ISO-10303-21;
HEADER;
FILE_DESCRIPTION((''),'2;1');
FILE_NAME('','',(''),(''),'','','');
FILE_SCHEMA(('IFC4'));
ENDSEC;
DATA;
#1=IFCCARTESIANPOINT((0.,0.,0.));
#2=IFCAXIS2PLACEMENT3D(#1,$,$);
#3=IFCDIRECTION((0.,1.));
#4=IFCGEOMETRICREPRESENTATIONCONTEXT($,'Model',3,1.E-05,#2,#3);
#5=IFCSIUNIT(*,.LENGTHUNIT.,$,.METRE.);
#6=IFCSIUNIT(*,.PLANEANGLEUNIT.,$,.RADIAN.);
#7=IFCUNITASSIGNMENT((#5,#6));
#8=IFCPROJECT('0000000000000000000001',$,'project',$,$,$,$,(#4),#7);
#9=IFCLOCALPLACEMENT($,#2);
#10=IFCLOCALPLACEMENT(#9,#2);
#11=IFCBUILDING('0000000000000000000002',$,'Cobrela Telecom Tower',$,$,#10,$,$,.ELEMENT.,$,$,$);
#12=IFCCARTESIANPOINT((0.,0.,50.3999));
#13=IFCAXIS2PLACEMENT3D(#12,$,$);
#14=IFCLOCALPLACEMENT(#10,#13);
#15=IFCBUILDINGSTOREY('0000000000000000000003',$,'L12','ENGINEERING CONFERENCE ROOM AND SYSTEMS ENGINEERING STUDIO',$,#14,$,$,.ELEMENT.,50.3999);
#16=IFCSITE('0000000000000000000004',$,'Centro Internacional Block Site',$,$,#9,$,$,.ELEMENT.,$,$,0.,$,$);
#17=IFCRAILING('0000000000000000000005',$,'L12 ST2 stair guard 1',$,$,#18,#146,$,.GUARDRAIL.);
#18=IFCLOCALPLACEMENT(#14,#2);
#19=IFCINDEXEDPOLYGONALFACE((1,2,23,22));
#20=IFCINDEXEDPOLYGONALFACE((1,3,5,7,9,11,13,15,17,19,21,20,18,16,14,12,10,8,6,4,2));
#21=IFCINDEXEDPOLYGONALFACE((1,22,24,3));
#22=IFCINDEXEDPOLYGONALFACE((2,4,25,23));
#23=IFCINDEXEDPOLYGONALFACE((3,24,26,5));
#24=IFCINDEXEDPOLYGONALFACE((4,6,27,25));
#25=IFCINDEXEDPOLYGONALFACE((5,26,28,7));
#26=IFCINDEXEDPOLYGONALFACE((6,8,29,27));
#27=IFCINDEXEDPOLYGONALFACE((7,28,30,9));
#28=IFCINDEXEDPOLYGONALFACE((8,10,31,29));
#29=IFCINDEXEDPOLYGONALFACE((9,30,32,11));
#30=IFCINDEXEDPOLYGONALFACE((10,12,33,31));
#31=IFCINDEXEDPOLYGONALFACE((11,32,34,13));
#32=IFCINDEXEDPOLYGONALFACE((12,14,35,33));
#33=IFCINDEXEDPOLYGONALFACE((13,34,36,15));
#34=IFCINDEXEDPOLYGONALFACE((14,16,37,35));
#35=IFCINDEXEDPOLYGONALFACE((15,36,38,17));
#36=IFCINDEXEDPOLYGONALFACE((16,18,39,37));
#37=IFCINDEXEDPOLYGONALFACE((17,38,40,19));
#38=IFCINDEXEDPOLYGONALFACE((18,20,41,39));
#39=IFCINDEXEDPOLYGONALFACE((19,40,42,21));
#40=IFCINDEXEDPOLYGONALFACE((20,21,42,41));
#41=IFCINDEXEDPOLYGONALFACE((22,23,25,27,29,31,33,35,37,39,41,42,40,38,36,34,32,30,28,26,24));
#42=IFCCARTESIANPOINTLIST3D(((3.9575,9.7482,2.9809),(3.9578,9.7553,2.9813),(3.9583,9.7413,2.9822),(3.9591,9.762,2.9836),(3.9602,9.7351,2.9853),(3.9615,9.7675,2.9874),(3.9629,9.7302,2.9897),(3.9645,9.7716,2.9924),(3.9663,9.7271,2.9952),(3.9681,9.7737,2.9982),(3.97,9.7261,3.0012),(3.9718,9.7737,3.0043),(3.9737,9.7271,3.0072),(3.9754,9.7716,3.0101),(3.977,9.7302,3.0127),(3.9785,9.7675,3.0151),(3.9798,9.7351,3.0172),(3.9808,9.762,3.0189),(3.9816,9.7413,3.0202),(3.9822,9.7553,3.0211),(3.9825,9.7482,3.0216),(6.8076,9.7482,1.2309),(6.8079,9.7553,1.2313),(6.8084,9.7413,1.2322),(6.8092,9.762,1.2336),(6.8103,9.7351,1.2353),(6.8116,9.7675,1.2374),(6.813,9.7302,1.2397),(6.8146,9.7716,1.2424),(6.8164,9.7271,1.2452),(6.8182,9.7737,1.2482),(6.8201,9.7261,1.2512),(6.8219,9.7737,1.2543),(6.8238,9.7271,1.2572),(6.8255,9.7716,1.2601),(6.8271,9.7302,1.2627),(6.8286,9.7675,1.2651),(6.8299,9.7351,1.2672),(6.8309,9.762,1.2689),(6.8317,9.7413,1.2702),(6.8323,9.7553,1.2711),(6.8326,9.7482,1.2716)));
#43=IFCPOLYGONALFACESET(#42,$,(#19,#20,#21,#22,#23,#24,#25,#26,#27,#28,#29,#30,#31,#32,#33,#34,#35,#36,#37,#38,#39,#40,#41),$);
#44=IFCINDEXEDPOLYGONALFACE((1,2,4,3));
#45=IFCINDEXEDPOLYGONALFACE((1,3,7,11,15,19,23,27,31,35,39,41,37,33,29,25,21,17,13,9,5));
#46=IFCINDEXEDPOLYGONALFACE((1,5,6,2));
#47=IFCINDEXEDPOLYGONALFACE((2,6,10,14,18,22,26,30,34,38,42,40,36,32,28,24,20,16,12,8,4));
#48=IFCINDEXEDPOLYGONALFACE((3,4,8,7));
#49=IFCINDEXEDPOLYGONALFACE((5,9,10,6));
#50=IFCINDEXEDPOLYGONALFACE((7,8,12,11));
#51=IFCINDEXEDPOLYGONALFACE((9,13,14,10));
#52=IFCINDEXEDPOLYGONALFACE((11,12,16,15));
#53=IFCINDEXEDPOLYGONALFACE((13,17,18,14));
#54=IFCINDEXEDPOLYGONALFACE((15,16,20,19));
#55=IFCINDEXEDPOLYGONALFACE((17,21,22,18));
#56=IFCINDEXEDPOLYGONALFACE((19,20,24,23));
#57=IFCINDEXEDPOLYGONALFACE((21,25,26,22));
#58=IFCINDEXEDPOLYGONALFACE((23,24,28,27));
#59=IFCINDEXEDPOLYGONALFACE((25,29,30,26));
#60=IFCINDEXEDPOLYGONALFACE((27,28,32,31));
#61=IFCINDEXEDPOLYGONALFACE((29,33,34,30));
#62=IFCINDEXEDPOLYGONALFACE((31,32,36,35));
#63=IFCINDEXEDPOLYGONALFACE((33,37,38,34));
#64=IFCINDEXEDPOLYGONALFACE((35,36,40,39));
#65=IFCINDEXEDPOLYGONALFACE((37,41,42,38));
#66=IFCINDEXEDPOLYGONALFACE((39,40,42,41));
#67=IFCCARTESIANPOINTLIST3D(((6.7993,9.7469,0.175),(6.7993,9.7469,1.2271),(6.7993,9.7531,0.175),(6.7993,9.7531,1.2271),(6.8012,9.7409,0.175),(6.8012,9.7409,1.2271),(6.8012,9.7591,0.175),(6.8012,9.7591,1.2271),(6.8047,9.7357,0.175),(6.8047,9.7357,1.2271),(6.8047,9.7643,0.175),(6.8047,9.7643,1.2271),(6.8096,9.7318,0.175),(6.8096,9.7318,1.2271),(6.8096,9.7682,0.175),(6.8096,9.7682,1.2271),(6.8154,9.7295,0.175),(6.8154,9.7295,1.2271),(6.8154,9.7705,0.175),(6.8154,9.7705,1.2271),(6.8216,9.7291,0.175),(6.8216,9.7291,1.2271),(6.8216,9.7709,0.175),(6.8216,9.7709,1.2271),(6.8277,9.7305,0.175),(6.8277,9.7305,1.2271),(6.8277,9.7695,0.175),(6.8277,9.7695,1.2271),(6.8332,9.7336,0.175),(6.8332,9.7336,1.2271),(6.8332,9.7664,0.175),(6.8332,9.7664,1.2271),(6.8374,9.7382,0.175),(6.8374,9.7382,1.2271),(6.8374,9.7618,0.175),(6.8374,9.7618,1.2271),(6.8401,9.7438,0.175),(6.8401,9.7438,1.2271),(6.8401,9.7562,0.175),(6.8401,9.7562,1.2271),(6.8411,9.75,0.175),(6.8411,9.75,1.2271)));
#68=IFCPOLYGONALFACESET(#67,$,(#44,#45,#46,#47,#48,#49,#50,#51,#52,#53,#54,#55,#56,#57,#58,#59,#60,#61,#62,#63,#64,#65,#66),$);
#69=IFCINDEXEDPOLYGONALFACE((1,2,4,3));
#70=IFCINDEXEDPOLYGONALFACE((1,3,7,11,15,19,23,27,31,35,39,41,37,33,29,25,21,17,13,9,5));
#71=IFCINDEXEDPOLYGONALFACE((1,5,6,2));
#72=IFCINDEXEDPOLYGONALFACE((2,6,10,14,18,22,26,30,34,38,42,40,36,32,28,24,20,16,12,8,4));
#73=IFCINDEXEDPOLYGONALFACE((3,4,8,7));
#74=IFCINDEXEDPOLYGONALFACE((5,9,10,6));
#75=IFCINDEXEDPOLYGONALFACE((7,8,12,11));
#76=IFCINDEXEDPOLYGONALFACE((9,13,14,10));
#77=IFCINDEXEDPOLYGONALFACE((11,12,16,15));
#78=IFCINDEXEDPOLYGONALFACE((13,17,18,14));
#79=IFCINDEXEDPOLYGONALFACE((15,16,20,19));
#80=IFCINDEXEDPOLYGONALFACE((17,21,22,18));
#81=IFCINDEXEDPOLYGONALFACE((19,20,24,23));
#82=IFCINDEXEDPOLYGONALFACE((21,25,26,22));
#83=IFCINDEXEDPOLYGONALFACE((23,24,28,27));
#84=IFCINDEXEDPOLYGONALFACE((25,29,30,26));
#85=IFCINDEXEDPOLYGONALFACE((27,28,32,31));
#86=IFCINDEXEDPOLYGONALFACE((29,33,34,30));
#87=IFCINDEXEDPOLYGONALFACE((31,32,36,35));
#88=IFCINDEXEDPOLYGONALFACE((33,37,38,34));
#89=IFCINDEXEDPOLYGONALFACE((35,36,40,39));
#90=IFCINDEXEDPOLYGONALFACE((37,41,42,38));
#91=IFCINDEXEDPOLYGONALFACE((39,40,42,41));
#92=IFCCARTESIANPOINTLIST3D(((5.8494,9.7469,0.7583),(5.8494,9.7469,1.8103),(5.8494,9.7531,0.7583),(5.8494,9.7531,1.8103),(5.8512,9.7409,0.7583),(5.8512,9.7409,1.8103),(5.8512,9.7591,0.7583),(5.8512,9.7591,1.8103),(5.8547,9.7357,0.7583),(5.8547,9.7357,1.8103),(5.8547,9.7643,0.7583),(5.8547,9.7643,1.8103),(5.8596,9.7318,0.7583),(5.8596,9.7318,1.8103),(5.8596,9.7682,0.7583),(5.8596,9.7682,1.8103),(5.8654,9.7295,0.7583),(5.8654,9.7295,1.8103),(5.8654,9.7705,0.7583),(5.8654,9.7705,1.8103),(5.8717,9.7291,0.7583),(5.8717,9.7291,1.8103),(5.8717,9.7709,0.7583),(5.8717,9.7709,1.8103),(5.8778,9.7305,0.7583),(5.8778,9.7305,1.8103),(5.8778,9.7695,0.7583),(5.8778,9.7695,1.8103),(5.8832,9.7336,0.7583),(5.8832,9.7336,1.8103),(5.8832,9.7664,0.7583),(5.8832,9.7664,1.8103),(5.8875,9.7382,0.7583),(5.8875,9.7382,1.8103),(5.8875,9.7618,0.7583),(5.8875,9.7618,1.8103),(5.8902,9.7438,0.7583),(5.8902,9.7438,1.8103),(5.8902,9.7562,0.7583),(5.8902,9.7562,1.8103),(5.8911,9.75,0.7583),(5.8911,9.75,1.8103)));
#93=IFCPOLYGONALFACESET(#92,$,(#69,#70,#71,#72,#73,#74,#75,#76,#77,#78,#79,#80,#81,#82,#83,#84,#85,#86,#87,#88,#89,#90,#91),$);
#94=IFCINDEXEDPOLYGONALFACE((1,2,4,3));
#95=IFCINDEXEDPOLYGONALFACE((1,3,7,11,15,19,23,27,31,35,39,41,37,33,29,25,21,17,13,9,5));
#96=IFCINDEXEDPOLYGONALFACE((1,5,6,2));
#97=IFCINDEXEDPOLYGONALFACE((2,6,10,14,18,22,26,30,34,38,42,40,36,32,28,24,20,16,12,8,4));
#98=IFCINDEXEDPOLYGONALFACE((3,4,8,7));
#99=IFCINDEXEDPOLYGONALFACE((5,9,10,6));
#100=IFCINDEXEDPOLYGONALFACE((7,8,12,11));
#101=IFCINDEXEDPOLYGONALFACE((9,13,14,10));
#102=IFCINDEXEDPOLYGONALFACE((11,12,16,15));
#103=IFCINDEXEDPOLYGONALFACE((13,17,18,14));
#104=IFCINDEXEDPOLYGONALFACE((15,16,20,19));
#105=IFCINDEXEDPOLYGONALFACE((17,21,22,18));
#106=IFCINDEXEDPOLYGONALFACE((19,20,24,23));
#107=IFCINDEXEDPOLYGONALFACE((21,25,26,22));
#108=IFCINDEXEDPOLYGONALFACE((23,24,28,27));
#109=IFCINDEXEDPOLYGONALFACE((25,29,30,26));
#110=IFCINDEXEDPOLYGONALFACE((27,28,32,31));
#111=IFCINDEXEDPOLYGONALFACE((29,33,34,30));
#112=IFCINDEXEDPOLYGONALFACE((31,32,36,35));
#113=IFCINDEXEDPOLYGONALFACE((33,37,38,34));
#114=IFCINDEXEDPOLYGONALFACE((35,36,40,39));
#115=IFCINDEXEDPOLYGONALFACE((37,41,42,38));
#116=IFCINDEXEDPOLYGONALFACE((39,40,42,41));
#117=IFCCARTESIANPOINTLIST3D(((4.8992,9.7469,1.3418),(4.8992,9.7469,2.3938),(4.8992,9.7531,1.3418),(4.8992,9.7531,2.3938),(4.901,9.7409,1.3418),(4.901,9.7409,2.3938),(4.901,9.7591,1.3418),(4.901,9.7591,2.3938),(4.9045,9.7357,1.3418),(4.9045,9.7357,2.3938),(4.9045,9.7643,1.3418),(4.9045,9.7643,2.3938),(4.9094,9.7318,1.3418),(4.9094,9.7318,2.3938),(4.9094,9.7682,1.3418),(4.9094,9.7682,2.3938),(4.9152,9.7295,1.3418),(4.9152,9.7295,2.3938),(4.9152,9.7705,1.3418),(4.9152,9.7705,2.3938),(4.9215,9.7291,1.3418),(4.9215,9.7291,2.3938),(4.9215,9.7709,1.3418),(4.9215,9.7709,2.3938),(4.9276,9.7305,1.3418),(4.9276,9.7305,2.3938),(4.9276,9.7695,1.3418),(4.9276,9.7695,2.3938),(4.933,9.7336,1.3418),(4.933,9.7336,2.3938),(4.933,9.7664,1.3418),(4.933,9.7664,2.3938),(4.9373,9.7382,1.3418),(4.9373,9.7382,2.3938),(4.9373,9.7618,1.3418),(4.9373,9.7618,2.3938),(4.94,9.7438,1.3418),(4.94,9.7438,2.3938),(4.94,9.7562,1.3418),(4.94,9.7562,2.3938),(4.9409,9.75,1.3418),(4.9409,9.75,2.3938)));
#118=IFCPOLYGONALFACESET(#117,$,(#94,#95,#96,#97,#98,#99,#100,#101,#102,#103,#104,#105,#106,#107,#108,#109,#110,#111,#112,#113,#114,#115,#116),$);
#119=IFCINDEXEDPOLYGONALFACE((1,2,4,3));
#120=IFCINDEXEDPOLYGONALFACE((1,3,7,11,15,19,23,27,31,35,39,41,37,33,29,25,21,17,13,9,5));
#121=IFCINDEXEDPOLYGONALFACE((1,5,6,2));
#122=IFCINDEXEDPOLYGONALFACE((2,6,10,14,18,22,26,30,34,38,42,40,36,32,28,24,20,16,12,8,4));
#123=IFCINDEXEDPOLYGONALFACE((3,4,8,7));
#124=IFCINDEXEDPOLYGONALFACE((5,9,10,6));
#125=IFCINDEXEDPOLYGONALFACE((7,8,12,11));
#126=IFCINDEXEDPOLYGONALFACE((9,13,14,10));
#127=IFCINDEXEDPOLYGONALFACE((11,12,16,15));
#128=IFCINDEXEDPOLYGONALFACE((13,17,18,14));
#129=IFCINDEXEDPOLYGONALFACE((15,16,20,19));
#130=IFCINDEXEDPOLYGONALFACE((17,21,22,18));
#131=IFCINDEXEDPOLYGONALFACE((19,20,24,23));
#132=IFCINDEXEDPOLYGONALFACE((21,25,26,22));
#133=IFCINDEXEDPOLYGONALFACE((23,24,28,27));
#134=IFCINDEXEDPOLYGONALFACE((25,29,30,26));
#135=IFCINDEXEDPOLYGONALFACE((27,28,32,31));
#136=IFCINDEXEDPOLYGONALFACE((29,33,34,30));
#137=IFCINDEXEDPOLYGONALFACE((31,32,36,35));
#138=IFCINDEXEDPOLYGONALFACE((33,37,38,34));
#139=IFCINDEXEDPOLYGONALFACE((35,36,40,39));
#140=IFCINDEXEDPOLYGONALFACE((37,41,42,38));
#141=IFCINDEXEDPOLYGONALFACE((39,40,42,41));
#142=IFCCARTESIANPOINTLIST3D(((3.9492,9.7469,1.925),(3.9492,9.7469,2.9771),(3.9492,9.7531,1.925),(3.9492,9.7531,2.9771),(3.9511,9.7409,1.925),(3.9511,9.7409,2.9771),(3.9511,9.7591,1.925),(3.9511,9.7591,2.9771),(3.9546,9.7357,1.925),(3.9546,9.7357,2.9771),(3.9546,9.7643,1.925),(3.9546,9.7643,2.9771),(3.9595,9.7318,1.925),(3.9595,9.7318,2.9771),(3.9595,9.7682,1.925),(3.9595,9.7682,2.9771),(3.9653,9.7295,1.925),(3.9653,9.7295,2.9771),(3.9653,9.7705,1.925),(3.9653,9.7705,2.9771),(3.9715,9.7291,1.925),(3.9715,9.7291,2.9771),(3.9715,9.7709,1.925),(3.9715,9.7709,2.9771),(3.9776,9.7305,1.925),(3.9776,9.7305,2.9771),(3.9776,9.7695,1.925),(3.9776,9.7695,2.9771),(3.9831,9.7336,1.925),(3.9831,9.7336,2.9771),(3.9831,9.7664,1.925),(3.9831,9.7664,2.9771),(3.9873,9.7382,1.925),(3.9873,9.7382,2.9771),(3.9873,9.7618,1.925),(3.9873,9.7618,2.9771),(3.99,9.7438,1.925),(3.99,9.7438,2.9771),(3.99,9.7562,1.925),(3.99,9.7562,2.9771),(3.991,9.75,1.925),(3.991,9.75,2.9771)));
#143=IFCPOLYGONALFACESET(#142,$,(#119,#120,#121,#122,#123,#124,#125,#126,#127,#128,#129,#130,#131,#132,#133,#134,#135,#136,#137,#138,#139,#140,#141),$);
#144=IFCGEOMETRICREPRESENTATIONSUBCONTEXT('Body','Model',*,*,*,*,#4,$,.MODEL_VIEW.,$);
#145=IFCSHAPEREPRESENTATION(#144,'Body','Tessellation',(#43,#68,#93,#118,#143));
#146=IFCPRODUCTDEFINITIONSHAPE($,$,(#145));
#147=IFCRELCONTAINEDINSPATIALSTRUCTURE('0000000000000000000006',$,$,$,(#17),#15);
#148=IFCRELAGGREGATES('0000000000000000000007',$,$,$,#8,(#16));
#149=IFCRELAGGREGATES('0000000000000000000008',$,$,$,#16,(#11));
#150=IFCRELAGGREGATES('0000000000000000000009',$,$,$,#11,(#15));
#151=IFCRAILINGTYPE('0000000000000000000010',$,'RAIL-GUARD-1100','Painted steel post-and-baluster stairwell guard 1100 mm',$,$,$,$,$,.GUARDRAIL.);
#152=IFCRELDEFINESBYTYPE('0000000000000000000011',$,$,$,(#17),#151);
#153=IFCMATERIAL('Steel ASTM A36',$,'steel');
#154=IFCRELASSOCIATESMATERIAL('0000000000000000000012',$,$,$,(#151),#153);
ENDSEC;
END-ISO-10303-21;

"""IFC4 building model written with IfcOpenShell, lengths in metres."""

from ifc_helpers import new_model, si_unit, direction, frame, origin, origin_2d, place, context, subcontext, project, spatial, circle, extrude, material, type_object, element, save


model = new_model("IFC4")

# Units and contexts
model_context = context("Model", 3, precision=1e-05, world=origin(), true_north=direction((0.0, 1.0)))
body_context = subcontext(model_context, "Body", "Model", "MODEL_VIEW")
ifc_project = project(units=[si_unit("LENGTHUNIT", "METRE"), si_unit("PLANEANGLEUNIT", "RADIAN")], contexts=[model_context])

# Site, building, storey
site_placement = place(None, origin())
site = spatial("IfcSite", under=ifc_project, at=site_placement, Name="Centro Internacional Block Site", CompositionType="ELEMENT", RefElevation=0.0)
building_placement = place(site_placement, origin())
building = spatial("IfcBuilding", under=site, at=building_placement, Name="Cobrela Telecom Tower", CompositionType="ELEMENT")
storey_placement = place(building_placement, frame((0.0, 0.0, 50.3999)))
storey = spatial("IfcBuildingStorey", under=building, at=storey_placement, Name="L12", Description="ENGINEERING CONFERENCE ROOM AND SYSTEMS ENGINEERING STUDIO", CompositionType="ELEMENT", Elevation=50.3999)

# Railing
ifc_material_1 = material(Name="Steel ASTM A36", Category="steel")
railing_type_1 = type_object("IfcRailingType", Name="RAIL-GUARD-1100", Description="Painted steel post-and-baluster stairwell guard 1100 mm", PredefinedType="GUARDRAIL", material=ifc_material_1)
railing_1_placement = place(storey_placement, frame((6.8201, 9.75, 0.175)))
element("IfcRailing", 1, at=railing_1_placement, inside=storey, type_object=railing_type_1, Name="L12 ST2 stair guard 1", PredefinedType="GUARDRAIL", context=body_context, shape_type="SweptSolid", body=[
    extrude(circle(Radius=0.0239, at=origin_2d()), frame((0.0, 0.0, 1.0762), z_axis=(-0.852179, 0.0, 0.52325), x_axis=(0.0, -1.0, 0.0)), (0.0, 0.0, 1.0), 3.3445),
    extrude(circle(Radius=0.021, at=origin_2d()), origin(), (0.0, 0.0, 1.0), 1.052),
    extrude(circle(Radius=0.021, at=origin_2d()), frame((-0.95, 0.0, 0.5833)), (0.0, 0.0, 1.0), 1.052),
    extrude(circle(Radius=0.021, at=origin_2d()), frame((-1.9001, 0.0, 1.1667)), (0.0, 0.0, 1.0), 1.052),
    extrude(circle(Radius=0.021, at=origin_2d()), frame((-2.8501, 0.0, 1.75)), (0.0, 0.0, 1.0), 1.052),
])

save(model, "model.ifc")
